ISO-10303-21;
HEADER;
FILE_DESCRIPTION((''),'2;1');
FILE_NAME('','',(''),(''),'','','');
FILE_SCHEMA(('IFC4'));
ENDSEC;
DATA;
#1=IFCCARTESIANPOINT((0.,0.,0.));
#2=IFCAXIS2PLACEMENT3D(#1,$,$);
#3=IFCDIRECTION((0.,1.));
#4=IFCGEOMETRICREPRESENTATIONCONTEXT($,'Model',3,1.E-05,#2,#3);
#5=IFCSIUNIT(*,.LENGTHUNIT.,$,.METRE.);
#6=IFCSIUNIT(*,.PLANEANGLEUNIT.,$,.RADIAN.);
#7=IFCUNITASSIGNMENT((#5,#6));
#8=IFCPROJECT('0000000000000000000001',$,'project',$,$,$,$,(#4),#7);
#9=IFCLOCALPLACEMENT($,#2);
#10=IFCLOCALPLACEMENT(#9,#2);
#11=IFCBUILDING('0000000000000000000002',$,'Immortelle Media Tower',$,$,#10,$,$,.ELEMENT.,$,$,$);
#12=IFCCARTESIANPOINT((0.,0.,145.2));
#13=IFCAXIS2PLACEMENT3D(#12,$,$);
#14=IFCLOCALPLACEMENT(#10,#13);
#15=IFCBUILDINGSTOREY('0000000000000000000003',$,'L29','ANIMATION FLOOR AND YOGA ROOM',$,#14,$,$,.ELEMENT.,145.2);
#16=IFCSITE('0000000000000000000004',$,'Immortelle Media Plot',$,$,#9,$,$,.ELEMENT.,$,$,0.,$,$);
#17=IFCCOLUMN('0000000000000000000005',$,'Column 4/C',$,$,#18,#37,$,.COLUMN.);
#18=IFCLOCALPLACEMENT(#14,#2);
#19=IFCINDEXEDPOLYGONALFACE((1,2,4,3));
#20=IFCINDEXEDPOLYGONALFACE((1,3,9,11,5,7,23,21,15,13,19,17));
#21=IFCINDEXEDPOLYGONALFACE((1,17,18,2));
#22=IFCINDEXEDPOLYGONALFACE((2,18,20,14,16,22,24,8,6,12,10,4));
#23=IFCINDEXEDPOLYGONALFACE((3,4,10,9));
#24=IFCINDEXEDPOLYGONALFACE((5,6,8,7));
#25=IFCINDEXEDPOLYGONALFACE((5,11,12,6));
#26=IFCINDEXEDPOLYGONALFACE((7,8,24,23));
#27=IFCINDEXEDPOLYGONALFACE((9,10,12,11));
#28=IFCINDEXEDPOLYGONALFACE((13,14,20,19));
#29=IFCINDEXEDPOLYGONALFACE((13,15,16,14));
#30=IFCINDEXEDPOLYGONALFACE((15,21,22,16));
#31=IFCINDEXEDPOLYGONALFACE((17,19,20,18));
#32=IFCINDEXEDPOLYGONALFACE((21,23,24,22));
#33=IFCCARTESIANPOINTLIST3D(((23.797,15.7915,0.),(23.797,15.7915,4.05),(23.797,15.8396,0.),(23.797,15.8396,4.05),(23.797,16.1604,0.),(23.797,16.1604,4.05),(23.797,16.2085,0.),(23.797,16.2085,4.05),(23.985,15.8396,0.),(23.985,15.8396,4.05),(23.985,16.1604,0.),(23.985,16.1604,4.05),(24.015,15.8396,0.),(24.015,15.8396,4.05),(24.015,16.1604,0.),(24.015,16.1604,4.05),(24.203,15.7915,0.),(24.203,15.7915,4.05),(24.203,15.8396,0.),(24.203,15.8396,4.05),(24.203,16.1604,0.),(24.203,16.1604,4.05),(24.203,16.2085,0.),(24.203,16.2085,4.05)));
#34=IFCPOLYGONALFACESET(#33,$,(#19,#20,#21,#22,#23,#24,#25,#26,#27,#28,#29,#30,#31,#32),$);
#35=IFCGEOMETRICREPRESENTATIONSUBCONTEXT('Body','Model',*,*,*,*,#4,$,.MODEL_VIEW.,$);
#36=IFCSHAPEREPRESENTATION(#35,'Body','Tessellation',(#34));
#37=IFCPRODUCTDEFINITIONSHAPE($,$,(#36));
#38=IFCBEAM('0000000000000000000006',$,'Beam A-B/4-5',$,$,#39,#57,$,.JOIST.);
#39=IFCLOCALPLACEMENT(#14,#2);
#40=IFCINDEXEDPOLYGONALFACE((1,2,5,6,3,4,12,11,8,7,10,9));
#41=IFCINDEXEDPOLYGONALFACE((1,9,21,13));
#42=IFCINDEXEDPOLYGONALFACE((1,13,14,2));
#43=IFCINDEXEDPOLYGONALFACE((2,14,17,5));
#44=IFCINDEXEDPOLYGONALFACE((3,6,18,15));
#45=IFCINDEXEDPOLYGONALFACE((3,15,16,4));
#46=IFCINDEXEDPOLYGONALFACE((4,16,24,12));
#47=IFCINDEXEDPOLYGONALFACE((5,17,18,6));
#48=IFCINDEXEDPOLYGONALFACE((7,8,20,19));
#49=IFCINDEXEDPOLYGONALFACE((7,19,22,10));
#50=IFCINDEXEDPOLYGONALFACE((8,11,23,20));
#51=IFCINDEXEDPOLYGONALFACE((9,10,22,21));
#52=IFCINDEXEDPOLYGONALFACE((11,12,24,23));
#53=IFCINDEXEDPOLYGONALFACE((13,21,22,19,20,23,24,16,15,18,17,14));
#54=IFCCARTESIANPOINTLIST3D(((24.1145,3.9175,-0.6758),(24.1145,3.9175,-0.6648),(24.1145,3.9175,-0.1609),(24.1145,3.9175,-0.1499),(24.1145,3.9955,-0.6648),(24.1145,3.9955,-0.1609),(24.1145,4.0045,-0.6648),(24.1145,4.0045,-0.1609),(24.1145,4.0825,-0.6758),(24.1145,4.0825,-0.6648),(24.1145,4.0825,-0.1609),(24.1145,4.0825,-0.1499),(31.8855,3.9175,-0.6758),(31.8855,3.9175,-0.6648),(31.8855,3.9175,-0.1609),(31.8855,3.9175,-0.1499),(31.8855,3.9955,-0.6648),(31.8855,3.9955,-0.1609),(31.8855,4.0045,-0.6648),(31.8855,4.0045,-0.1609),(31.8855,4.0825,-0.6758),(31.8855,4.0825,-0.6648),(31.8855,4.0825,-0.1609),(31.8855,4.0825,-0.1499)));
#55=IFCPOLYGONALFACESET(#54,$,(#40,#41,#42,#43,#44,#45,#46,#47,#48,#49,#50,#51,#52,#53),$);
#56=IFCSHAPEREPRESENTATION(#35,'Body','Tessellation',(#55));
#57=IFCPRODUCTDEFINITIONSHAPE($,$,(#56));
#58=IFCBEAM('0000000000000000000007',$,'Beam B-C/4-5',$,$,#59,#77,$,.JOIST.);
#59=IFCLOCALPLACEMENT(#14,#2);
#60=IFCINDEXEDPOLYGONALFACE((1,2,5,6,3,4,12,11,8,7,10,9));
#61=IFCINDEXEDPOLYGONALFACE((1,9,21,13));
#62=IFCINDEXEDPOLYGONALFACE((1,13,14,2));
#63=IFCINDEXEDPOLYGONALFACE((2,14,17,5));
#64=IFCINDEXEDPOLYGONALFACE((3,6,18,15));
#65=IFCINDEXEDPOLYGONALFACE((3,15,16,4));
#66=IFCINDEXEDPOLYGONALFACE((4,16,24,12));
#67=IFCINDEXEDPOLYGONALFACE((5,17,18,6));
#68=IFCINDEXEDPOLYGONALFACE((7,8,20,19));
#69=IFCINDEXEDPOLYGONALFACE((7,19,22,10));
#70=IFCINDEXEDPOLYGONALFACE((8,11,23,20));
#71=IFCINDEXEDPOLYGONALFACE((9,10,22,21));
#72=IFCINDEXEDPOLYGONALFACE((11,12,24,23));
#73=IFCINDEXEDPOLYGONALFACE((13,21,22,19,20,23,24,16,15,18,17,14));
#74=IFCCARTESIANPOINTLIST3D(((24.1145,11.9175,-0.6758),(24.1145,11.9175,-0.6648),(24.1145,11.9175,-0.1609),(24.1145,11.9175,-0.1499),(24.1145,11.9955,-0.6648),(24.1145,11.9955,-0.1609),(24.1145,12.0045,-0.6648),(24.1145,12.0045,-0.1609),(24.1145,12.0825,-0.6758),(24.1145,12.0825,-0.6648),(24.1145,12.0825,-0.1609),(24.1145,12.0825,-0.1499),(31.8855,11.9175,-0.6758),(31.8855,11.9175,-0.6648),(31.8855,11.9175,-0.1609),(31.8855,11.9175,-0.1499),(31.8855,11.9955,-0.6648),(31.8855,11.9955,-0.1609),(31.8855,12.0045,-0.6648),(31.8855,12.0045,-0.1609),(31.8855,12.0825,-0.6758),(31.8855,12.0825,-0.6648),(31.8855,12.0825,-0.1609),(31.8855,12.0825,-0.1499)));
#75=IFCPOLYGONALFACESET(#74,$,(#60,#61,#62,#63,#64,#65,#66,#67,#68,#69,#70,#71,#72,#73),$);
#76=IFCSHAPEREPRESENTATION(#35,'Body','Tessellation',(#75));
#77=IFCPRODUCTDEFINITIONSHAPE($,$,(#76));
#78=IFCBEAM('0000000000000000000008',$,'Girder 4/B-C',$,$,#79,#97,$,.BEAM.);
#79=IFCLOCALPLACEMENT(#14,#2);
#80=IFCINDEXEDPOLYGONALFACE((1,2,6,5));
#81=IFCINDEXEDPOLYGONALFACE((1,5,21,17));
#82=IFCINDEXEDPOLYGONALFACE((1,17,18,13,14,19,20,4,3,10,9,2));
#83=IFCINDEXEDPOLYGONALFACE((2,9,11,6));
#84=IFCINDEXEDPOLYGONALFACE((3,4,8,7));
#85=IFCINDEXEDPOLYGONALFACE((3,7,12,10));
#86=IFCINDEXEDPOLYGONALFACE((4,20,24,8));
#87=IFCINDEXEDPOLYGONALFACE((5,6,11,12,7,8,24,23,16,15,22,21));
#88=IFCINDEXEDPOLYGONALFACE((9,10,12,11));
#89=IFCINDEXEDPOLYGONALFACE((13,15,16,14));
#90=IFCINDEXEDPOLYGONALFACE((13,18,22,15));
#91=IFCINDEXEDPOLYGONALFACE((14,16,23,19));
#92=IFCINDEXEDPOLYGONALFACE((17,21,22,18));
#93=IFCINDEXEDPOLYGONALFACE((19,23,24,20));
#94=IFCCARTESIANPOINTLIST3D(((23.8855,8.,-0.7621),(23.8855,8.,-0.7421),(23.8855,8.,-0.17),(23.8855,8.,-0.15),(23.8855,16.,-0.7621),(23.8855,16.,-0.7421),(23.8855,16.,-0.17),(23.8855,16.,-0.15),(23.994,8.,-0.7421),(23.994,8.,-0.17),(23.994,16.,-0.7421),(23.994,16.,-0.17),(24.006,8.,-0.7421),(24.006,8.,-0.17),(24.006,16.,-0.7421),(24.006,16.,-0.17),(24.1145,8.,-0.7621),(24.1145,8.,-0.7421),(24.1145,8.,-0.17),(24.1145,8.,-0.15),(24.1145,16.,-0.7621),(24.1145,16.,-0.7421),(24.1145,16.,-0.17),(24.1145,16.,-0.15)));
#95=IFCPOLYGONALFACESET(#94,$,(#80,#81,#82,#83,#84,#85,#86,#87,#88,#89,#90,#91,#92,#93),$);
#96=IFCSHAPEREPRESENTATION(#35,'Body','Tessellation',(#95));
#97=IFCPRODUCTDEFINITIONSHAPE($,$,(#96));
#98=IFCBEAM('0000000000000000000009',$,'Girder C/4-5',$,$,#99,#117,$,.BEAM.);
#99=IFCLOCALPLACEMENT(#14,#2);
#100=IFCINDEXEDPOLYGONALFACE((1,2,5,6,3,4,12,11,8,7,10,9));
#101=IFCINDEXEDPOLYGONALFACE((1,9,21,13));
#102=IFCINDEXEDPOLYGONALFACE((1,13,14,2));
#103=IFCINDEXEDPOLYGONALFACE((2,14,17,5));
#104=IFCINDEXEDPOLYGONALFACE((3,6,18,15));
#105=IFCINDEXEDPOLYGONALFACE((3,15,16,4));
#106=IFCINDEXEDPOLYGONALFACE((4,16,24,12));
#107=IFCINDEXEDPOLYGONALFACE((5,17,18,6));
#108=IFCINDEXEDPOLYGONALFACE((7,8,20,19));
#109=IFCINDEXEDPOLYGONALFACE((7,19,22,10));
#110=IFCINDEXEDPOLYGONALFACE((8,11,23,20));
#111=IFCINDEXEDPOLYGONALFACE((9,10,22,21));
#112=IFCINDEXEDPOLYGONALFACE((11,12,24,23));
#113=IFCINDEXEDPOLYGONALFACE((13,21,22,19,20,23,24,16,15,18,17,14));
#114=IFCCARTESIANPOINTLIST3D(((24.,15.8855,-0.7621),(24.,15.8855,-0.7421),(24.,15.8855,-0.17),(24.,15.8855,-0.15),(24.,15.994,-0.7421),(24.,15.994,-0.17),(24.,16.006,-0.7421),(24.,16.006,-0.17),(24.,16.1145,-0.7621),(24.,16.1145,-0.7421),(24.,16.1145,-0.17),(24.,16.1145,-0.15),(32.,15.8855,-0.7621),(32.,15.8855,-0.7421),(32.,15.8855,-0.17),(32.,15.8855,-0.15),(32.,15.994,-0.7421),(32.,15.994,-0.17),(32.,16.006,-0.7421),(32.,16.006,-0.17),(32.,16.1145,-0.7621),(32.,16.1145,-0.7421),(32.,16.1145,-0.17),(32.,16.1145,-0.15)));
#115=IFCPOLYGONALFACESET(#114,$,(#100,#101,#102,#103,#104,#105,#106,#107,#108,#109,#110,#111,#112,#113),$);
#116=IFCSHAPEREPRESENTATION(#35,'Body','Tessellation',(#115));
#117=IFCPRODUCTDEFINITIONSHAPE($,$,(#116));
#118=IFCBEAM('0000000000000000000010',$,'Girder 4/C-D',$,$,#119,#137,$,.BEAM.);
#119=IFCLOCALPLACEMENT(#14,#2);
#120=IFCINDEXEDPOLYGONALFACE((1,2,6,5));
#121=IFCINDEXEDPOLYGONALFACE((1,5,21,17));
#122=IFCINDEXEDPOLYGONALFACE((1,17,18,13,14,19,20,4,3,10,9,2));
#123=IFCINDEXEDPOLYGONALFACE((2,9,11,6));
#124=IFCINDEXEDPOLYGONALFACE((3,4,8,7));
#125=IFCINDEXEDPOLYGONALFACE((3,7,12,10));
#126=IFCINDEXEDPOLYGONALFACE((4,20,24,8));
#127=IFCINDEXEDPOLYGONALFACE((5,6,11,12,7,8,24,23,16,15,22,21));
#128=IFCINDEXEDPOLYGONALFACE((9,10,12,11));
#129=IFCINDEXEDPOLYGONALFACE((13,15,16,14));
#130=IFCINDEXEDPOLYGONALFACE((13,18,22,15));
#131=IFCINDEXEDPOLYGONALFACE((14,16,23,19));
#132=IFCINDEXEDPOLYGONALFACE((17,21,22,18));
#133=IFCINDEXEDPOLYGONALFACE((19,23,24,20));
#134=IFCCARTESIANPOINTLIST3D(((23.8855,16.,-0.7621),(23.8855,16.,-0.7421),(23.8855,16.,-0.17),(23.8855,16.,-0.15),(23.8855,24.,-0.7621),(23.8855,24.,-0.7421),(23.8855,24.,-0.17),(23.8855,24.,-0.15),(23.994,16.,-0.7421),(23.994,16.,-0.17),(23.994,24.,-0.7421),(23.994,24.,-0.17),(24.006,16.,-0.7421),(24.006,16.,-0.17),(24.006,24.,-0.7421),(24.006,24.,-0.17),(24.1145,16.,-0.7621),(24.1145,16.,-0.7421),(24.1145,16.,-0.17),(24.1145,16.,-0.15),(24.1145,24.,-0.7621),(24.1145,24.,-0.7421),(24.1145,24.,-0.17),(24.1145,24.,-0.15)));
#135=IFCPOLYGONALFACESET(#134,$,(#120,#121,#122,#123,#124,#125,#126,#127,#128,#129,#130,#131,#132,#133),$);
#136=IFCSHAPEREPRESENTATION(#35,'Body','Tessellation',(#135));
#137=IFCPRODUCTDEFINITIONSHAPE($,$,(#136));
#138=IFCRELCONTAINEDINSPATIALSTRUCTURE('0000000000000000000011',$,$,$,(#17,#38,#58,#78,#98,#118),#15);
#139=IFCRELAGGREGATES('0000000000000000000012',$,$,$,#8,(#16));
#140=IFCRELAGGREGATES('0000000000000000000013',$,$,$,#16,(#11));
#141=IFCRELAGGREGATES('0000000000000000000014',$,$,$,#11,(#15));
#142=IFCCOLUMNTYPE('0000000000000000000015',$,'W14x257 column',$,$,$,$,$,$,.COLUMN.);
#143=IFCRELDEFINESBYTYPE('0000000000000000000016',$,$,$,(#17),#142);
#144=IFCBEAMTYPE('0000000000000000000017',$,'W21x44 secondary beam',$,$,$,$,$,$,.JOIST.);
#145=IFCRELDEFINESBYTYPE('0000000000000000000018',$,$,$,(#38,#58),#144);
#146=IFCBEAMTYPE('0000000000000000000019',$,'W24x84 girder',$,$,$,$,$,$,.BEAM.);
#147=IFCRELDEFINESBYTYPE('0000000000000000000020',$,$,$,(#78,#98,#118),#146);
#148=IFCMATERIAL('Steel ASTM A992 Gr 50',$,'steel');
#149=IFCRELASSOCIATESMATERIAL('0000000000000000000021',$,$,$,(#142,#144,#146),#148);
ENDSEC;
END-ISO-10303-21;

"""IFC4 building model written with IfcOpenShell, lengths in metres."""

from ifc_helpers import new_model, si_unit, direction, frame, origin, origin_2d, place, context, subcontext, project, spatial, i_section, extrude, material, material_profile, profile_set, type_object, element, save


model = new_model("IFC4")

# Units and contexts
model_context = context("Model", 3, precision=1e-05, world=origin(), true_north=direction((0.0, 1.0)))
body_context = subcontext(model_context, "Body", "Model", "MODEL_VIEW")
ifc_project = project(units=[si_unit("LENGTHUNIT", "METRE"), si_unit("PLANEANGLEUNIT", "RADIAN")], contexts=[model_context])

# Site, building, storey
site_placement = place(None, origin())
site = spatial("IfcSite", under=ifc_project, at=site_placement, Name="Immortelle Media Plot", CompositionType="ELEMENT", RefElevation=0.0)
building_placement = place(site_placement, origin())
building = spatial("IfcBuilding", under=site, at=building_placement, Name="Immortelle Media Tower", CompositionType="ELEMENT")
storey_placement = place(building_placement, frame((0.0, 0.0, 145.2)))
storey = spatial("IfcBuildingStorey", under=building, at=storey_placement, Name="L29", Description="ANIMATION FLOOR AND YOGA ROOM", CompositionType="ELEMENT", Elevation=145.2)

# Column
ifc_material_1 = material(Name="Steel ASTM A992 Gr 50", Category="steel")
ifc_material_profile_1 = material_profile(ifc_material_1, i_section(OverallWidth=0.406, OverallDepth=0.417, WebThickness=0.03, FlangeThickness=0.0481, at=origin_2d()), Name="W14x257")
ifc_profile_set_1 = profile_set([ifc_material_profile_1], Name="Steel ASTM A992 Gr 50")
column_type = type_object("IfcColumnType", Name="W14x257 column", PredefinedType="COLUMN", material=ifc_profile_set_1)
column_placement = place(storey_placement, frame((24.0, 16.0, 0.0), z_axis=(0.0, 0.0, 1.0), x_axis=(1.0, 0.0, 0.0)))
element("IfcColumn", 1, at=column_placement, inside=storey, type_object=column_type, Name="Column 4/C", PredefinedType="COLUMN", context=body_context, shape_type="SweptSolid", body=[
    extrude(i_section(OverallWidth=0.406, OverallDepth=0.417, WebThickness=0.03, FlangeThickness=0.0481, at=origin_2d()), origin(), (0.0, 0.0, 1.0), 4.05),
])

# Beams
ifc_material_profile_2 = material_profile(ifc_material_1, i_section(OverallWidth=0.165, OverallDepth=0.5259, WebThickness=0.009, FlangeThickness=0.011, at=origin_2d()), Name="W21x44")
ifc_profile_set_2 = profile_set([ifc_material_profile_2], Name="Steel ASTM A992 Gr 50")
beam_type_1 = type_object("IfcBeamType", Name="W21x44 secondary beam", PredefinedType="JOIST", material=ifc_profile_set_2)
for number, where, z_axis, x_axis, name in (
    (2, (24.1145, 4.0, -0.4128), (1.0, 0.0, 0.0), (0.0, 1.0, 0.0), "Beam A-B/4-5"),
    (3, (24.1145, 12.0, -0.4128), (1.0, 0.0, 0.0), (0.0, 1.0, 0.0), "Beam B-C/4-5"),
):
    element("IfcBeam", number, at=place(storey_placement, frame(where, z_axis=z_axis, x_axis=x_axis)), inside=storey, type_object=beam_type_1, Name=name, PredefinedType="JOIST", context=body_context, shape_type="SweptSolid", body=[
        extrude(i_section(OverallWidth=0.165, OverallDepth=0.5259, WebThickness=0.009, FlangeThickness=0.011, at=origin_2d()), origin(), (0.0, 0.0, 1.0), 7.771),
    ])
ifc_material_profile_3 = material_profile(ifc_material_1, i_section(OverallWidth=0.229, OverallDepth=0.6121, WebThickness=0.012, FlangeThickness=0.02, at=origin_2d()), Name="W24x84")
ifc_profile_set_3 = profile_set([ifc_material_profile_3], Name="Steel ASTM A992 Gr 50")
beam_type_2 = type_object("IfcBeamType", Name="W24x84 girder", PredefinedType="BEAM", material=ifc_profile_set_3)
for number, where, z_axis, x_axis, name in (
    (4, (24.0, 8.0, -0.4561), (0.0, 1.0, 0.0), (-1.0, 0.0, 0.0), "Girder 4/B-C"),
    (5, (24.0, 16.0, -0.4561), (1.0, 0.0, 0.0), (0.0, 1.0, 0.0), "Girder C/4-5"),
    (6, (24.0, 16.0, -0.4561), (0.0, 1.0, 0.0), (-1.0, 0.0, 0.0), "Girder 4/C-D"),
):
    element("IfcBeam", number, at=place(storey_placement, frame(where, z_axis=z_axis, x_axis=x_axis)), inside=storey, type_object=beam_type_2, Name=name, PredefinedType="BEAM", context=body_context, shape_type="SweptSolid", body=[
        extrude(i_section(OverallWidth=0.229, OverallDepth=0.6121, WebThickness=0.012, FlangeThickness=0.02, at=origin_2d()), origin(), (0.0, 0.0, 1.0), 8.0),
    ])

save(model, "model.ifc")
